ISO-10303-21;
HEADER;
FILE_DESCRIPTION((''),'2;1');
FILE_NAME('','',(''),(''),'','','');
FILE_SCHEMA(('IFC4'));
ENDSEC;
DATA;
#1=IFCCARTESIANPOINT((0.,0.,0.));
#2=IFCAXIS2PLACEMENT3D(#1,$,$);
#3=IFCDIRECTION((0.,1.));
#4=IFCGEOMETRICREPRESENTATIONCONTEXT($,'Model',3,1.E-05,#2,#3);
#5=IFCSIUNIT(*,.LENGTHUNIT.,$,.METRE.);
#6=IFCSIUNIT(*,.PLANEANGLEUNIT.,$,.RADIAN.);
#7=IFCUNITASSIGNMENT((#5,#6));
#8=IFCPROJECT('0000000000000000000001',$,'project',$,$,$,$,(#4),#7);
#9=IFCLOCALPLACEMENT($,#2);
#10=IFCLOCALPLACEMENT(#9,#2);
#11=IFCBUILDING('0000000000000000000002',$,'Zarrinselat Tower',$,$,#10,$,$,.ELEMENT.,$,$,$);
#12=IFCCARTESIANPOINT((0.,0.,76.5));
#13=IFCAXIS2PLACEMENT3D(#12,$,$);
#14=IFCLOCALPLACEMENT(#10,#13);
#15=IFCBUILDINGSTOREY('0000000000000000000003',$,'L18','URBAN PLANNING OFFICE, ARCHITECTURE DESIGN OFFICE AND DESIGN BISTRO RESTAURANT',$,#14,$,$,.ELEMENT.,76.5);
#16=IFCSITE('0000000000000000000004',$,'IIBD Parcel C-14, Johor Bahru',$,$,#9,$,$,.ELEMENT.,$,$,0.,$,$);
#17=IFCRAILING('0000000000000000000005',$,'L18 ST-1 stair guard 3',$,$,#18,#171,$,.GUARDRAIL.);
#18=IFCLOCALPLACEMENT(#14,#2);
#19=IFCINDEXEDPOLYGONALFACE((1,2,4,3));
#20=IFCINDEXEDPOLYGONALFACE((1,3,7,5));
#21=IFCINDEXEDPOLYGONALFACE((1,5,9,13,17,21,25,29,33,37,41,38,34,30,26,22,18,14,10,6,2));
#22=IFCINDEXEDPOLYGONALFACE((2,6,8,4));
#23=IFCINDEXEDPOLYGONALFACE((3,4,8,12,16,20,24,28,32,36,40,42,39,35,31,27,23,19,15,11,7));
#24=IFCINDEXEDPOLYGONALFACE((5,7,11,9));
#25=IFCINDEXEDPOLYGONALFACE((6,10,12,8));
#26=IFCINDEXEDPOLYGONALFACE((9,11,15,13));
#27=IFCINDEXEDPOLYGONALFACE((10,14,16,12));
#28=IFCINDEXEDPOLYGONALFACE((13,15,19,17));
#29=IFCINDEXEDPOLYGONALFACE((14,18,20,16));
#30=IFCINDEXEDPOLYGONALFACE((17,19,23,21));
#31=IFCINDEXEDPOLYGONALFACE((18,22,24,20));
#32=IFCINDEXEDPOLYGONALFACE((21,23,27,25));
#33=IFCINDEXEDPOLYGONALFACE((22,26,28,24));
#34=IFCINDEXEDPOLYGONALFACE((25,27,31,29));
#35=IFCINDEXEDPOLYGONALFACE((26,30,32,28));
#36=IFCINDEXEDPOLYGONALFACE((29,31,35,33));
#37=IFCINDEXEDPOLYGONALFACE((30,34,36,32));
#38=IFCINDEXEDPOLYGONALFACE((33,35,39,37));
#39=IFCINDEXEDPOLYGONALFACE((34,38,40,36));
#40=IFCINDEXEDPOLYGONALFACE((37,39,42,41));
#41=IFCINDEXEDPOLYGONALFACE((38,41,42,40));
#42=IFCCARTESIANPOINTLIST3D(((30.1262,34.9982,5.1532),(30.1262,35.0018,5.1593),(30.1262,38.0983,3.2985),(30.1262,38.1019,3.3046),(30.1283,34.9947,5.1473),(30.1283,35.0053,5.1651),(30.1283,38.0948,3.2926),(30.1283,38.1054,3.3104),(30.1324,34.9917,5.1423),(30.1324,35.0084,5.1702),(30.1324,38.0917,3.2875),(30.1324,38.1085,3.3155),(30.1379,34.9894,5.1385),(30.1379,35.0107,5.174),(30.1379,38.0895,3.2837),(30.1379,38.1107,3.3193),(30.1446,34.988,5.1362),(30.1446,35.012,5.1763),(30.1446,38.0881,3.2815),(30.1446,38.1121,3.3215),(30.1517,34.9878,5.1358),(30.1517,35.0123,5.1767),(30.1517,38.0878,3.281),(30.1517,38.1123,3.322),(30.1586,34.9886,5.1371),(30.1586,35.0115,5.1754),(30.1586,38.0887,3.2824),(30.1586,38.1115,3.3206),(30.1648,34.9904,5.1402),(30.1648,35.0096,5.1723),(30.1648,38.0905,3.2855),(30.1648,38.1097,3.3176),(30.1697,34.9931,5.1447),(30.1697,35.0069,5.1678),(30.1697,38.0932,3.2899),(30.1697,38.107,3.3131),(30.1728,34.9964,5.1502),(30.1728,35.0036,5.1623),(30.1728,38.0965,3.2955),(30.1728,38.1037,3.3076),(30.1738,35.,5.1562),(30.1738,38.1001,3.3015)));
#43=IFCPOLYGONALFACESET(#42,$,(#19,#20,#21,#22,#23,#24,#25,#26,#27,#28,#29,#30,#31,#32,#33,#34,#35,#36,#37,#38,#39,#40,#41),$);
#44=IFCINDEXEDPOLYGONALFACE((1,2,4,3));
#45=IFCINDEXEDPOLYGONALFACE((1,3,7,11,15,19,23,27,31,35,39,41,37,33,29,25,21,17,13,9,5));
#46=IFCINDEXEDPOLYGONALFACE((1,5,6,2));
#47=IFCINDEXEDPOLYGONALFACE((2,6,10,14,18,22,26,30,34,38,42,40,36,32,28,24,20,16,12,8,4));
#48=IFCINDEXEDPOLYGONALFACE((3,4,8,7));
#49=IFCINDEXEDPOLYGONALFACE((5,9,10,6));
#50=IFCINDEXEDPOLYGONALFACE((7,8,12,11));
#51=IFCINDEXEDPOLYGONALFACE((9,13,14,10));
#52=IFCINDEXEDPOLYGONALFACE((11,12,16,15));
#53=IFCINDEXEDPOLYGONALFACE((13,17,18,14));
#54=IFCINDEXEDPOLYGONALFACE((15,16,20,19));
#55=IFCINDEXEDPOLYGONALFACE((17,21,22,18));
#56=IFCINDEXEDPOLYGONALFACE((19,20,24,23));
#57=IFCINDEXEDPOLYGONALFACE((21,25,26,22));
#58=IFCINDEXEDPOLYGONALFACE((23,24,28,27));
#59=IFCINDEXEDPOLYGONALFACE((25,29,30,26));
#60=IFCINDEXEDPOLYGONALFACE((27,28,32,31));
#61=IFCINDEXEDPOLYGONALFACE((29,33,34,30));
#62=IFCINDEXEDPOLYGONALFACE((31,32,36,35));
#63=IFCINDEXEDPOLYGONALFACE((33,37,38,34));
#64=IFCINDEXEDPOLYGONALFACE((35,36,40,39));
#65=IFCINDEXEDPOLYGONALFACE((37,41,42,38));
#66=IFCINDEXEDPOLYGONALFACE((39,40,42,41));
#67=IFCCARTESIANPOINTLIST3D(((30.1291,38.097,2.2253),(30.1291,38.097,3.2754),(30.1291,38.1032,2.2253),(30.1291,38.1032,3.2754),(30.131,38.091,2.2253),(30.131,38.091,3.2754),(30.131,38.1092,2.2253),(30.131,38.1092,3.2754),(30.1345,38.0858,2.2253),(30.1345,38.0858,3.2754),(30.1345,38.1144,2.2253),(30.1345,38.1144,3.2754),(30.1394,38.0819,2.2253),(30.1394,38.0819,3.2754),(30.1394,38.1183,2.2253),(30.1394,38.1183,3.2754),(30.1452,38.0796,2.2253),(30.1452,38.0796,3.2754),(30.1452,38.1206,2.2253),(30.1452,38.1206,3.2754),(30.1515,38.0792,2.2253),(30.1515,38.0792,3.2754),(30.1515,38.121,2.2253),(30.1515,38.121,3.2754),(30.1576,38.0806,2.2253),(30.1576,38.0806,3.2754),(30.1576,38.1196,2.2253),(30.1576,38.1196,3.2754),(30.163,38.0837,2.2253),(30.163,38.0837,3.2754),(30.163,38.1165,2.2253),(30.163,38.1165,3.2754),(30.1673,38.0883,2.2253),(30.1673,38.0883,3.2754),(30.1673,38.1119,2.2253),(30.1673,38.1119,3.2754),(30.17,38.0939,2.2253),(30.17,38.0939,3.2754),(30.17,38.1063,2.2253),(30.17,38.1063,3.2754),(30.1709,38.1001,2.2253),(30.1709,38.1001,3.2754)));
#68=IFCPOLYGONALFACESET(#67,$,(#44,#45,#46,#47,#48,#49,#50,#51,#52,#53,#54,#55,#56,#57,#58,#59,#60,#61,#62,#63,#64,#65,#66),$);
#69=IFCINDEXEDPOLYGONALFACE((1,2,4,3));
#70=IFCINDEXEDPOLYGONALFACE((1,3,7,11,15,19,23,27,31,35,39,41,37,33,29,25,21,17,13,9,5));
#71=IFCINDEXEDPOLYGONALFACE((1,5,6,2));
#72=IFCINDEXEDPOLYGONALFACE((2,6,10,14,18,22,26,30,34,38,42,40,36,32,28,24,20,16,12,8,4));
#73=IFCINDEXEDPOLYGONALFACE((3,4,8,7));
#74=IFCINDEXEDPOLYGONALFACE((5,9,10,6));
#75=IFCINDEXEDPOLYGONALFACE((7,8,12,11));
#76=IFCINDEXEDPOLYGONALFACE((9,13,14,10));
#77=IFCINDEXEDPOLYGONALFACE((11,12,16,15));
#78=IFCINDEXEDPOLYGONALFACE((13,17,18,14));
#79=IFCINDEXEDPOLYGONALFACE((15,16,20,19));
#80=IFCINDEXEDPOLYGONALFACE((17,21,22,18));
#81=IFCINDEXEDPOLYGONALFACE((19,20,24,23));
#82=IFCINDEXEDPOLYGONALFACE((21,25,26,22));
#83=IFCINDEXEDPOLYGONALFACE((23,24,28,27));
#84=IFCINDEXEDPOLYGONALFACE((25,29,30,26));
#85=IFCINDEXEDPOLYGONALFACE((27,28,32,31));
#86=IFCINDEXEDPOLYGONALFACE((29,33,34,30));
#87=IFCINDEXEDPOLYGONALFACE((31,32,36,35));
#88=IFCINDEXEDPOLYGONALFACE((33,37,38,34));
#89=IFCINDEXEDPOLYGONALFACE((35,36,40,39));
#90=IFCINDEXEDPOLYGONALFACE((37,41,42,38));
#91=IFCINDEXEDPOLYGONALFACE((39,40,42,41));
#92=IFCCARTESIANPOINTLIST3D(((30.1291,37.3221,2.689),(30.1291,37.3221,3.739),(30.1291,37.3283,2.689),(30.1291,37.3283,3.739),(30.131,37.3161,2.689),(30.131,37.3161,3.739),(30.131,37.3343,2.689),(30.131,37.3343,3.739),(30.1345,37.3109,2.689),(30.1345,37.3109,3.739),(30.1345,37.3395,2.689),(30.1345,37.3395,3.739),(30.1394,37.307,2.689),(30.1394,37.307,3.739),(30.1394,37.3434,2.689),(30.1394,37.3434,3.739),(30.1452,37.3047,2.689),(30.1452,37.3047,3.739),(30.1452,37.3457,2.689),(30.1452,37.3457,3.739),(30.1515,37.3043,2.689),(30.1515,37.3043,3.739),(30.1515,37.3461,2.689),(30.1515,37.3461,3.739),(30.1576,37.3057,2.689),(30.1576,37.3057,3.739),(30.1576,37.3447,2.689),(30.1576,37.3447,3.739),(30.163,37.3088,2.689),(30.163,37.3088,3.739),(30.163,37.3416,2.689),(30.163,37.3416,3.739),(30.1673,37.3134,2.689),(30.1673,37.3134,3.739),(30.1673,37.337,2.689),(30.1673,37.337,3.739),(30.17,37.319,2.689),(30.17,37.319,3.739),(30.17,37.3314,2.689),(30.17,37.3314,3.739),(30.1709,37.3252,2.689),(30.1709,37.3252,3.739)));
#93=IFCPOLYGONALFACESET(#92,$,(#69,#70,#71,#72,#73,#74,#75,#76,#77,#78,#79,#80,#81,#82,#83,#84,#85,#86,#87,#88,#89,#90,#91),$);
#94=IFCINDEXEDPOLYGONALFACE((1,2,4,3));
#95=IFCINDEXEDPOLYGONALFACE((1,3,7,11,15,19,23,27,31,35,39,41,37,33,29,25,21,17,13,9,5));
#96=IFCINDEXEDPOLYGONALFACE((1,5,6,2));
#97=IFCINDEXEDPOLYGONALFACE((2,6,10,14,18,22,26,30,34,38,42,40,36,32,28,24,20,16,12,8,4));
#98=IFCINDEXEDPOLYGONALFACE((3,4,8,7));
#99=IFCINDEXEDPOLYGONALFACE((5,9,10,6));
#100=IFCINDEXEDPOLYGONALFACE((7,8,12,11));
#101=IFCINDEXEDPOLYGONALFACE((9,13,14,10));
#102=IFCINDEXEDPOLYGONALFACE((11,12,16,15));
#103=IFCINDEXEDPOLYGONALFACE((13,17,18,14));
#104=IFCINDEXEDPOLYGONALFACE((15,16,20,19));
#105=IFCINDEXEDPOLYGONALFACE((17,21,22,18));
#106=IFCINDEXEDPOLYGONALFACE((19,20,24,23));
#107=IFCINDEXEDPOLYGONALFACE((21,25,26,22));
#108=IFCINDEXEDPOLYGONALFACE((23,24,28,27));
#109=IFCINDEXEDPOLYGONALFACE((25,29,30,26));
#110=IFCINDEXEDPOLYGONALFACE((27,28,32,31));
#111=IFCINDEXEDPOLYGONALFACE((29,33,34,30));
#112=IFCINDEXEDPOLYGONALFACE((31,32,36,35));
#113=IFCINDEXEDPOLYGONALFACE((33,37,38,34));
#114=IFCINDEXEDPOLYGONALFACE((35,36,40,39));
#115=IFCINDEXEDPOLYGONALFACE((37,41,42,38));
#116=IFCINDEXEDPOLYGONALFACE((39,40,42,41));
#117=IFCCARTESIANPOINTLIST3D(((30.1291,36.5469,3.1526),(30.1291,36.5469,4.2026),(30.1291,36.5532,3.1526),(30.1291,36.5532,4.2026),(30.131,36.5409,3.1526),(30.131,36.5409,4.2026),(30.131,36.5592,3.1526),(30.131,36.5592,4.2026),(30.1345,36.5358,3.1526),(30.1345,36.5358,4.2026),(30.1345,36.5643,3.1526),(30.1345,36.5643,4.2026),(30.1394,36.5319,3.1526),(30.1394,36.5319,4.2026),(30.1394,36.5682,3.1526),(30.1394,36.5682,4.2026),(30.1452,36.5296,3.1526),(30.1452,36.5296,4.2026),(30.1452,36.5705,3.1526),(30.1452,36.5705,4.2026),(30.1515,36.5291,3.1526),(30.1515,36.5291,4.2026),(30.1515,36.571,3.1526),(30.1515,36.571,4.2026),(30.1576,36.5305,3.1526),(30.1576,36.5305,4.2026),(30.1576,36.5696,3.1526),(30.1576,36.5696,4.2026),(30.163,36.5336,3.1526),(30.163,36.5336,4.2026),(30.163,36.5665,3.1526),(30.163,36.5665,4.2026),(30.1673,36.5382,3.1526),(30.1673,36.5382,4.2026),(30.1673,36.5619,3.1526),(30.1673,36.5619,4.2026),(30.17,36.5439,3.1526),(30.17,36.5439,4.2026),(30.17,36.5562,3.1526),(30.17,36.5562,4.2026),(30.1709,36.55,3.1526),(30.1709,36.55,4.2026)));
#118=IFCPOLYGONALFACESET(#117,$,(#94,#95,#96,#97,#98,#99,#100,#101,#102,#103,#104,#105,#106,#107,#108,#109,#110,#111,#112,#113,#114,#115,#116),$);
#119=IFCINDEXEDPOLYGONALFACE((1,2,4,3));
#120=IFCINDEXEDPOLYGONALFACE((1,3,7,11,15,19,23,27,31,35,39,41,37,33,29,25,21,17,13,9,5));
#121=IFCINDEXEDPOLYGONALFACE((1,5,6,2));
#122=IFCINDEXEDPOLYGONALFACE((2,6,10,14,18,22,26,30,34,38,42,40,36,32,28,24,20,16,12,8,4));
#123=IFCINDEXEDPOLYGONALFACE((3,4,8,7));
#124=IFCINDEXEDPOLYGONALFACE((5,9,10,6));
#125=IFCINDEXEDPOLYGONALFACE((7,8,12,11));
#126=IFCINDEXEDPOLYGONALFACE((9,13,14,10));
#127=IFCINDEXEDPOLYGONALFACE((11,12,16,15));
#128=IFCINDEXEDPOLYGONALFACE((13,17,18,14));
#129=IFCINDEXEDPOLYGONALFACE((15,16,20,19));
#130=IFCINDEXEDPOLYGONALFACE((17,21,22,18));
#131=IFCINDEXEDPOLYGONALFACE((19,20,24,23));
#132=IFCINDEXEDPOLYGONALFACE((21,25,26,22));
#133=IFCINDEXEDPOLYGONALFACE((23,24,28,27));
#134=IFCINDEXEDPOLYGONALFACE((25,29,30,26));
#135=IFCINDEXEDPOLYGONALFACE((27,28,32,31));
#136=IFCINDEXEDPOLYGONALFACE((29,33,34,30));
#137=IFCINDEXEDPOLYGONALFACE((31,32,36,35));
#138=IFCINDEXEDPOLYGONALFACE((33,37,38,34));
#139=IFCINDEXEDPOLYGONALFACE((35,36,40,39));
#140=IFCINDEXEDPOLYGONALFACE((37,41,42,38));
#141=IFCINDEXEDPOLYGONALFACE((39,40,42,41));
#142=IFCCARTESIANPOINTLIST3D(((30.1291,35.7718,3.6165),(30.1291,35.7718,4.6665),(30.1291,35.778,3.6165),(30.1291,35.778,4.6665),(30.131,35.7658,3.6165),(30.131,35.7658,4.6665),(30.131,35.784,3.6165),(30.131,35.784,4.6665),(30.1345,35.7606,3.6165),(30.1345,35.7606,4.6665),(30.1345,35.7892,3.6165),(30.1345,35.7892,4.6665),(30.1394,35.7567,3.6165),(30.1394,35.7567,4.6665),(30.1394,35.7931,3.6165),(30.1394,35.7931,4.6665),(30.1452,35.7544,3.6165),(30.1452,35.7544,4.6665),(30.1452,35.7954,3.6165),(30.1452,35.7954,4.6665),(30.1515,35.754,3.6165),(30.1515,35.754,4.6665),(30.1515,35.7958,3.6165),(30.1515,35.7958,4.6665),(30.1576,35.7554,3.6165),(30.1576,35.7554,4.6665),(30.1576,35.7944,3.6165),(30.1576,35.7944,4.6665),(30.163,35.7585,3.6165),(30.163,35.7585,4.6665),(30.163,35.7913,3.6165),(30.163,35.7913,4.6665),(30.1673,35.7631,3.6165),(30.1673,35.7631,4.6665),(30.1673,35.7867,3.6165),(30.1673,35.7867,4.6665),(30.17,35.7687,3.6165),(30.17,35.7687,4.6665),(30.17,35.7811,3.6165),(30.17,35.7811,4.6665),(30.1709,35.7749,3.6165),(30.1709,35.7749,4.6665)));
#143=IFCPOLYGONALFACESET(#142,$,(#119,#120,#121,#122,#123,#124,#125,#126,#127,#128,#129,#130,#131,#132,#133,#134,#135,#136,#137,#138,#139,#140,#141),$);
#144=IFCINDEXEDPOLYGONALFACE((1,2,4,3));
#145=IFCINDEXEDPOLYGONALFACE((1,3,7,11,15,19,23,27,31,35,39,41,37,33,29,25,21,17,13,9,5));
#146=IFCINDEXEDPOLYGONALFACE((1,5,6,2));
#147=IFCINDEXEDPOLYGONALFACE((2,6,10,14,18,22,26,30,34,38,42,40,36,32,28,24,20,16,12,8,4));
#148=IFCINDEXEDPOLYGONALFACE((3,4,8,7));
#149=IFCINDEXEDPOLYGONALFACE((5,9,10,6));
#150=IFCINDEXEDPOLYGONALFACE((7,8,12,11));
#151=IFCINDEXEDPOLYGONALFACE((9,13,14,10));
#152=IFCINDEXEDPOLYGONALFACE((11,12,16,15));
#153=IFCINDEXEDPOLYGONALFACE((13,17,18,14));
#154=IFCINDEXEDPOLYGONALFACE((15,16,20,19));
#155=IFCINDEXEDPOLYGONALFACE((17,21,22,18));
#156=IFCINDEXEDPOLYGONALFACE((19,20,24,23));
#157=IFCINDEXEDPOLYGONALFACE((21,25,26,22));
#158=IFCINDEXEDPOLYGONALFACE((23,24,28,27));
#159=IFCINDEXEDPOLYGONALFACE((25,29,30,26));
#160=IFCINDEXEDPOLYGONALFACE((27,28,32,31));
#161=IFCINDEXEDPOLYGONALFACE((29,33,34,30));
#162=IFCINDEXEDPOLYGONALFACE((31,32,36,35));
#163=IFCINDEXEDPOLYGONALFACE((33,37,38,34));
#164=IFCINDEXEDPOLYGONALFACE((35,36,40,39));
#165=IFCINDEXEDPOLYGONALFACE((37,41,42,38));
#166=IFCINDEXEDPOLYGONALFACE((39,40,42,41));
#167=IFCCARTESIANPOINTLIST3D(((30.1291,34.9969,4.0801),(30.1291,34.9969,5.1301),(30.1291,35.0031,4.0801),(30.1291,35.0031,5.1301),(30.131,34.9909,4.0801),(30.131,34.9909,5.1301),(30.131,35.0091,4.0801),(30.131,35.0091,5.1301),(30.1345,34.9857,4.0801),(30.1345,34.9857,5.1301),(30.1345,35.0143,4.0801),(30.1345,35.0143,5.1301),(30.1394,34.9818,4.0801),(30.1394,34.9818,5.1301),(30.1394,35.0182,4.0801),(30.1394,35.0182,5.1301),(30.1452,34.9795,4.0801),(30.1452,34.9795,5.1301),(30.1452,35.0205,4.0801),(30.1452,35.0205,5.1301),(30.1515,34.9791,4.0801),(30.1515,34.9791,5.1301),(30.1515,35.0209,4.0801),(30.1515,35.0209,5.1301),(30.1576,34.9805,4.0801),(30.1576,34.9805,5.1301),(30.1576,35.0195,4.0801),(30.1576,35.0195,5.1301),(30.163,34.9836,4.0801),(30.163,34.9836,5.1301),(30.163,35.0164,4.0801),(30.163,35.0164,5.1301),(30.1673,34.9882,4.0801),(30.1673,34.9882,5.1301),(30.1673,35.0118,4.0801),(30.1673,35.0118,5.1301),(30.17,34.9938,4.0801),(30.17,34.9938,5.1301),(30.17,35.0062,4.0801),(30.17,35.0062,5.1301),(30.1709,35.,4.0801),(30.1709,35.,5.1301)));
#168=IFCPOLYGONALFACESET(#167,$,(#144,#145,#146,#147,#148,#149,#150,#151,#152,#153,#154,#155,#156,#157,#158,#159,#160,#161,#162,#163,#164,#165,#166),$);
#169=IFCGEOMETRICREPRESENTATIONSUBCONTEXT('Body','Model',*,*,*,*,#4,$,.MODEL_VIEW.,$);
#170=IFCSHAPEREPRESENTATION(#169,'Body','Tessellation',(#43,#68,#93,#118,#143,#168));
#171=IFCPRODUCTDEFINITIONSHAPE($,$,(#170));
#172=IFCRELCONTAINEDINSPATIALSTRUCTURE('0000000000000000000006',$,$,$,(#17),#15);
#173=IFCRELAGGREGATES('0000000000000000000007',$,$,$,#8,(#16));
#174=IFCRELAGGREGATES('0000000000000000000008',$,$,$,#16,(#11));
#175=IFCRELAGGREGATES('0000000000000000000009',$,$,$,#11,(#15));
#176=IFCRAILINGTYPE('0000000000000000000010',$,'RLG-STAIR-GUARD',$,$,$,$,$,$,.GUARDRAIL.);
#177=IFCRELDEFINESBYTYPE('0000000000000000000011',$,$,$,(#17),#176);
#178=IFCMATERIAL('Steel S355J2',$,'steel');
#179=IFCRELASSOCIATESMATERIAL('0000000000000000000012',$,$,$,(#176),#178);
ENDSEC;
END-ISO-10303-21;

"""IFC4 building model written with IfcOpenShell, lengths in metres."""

from ifc_helpers import new_model, si_unit, direction, frame, origin, origin_2d, place, context, subcontext, project, spatial, circle, extrude, material, type_object, element, save


model = new_model("IFC4")

# Units and contexts
model_context = context("Model", 3, precision=1e-05, world=origin(), true_north=direction((0.0, 1.0)))
body_context = subcontext(model_context, "Body", "Model", "MODEL_VIEW")
ifc_project = project(units=[si_unit("LENGTHUNIT", "METRE"), si_unit("PLANEANGLEUNIT", "RADIAN")], contexts=[model_context])

# Site, building, storey
site_placement = place(None, origin())
site = spatial("IfcSite", under=ifc_project, at=site_placement, Name="IIBD Parcel C-14, Johor Bahru", CompositionType="ELEMENT", RefElevation=0.0)
building_placement = place(site_placement, origin())
building = spatial("IfcBuilding", under=site, at=building_placement, Name="Zarrinselat Tower", CompositionType="ELEMENT")
storey_placement = place(building_placement, frame((0.0, 0.0, 76.5)))
storey = spatial("IfcBuildingStorey", under=building, at=storey_placement, Name="L18", Description="URBAN PLANNING OFFICE, ARCHITECTURE DESIGN OFFICE AND DESIGN BISTRO RESTAURANT", CompositionType="ELEMENT", Elevation=76.5)

# Railing
ifc_material_1 = material(Name="Steel S355J2", Category="steel")
railing_type_1 = type_object("IfcRailingType", Name="RLG-STAIR-GUARD", PredefinedType="GUARDRAIL", material=ifc_material_1)
railing_1_placement = place(storey_placement, frame((30.1499, 38.1001, 2.2253)))
element("IfcRailing", 1, at=railing_1_placement, inside=storey, type_object=railing_type_1, Name="L18 ST-1 stair guard 3", PredefinedType="GUARDRAIL", context=body_context, shape_type="SweptSolid", body=[
    extrude(circle(Radius=0.0239, at=origin_2d()), frame((0.0, 0.0, 1.0762), z_axis=(0.0, -0.858142, 0.513412), x_axis=(1.0, 0.0, 0.0)), (0.0, 0.0, 1.0), 3.6125),
    extrude(circle(Radius=0.021, at=origin_2d()), origin(), (0.0, 0.0, 1.0), 1.05),
    extrude(circle(Radius=0.021, at=origin_2d()), frame((0.0, -0.7749, 0.4636)), (0.0, 0.0, 1.0), 1.05),
    extrude(circle(Radius=0.021, at=origin_2d()), frame((0.0, -1.55, 0.9272)), (0.0, 0.0, 1.0), 1.05),
    extrude(circle(Radius=0.021, at=origin_2d()), frame((0.0, -2.3252, 1.3911)), (0.0, 0.0, 1.0), 1.05),
    extrude(circle(Radius=0.021, at=origin_2d()), frame((0.0, -3.1001, 1.8547)), (0.0, 0.0, 1.0), 1.05),
])

save(model, "model.ifc")
